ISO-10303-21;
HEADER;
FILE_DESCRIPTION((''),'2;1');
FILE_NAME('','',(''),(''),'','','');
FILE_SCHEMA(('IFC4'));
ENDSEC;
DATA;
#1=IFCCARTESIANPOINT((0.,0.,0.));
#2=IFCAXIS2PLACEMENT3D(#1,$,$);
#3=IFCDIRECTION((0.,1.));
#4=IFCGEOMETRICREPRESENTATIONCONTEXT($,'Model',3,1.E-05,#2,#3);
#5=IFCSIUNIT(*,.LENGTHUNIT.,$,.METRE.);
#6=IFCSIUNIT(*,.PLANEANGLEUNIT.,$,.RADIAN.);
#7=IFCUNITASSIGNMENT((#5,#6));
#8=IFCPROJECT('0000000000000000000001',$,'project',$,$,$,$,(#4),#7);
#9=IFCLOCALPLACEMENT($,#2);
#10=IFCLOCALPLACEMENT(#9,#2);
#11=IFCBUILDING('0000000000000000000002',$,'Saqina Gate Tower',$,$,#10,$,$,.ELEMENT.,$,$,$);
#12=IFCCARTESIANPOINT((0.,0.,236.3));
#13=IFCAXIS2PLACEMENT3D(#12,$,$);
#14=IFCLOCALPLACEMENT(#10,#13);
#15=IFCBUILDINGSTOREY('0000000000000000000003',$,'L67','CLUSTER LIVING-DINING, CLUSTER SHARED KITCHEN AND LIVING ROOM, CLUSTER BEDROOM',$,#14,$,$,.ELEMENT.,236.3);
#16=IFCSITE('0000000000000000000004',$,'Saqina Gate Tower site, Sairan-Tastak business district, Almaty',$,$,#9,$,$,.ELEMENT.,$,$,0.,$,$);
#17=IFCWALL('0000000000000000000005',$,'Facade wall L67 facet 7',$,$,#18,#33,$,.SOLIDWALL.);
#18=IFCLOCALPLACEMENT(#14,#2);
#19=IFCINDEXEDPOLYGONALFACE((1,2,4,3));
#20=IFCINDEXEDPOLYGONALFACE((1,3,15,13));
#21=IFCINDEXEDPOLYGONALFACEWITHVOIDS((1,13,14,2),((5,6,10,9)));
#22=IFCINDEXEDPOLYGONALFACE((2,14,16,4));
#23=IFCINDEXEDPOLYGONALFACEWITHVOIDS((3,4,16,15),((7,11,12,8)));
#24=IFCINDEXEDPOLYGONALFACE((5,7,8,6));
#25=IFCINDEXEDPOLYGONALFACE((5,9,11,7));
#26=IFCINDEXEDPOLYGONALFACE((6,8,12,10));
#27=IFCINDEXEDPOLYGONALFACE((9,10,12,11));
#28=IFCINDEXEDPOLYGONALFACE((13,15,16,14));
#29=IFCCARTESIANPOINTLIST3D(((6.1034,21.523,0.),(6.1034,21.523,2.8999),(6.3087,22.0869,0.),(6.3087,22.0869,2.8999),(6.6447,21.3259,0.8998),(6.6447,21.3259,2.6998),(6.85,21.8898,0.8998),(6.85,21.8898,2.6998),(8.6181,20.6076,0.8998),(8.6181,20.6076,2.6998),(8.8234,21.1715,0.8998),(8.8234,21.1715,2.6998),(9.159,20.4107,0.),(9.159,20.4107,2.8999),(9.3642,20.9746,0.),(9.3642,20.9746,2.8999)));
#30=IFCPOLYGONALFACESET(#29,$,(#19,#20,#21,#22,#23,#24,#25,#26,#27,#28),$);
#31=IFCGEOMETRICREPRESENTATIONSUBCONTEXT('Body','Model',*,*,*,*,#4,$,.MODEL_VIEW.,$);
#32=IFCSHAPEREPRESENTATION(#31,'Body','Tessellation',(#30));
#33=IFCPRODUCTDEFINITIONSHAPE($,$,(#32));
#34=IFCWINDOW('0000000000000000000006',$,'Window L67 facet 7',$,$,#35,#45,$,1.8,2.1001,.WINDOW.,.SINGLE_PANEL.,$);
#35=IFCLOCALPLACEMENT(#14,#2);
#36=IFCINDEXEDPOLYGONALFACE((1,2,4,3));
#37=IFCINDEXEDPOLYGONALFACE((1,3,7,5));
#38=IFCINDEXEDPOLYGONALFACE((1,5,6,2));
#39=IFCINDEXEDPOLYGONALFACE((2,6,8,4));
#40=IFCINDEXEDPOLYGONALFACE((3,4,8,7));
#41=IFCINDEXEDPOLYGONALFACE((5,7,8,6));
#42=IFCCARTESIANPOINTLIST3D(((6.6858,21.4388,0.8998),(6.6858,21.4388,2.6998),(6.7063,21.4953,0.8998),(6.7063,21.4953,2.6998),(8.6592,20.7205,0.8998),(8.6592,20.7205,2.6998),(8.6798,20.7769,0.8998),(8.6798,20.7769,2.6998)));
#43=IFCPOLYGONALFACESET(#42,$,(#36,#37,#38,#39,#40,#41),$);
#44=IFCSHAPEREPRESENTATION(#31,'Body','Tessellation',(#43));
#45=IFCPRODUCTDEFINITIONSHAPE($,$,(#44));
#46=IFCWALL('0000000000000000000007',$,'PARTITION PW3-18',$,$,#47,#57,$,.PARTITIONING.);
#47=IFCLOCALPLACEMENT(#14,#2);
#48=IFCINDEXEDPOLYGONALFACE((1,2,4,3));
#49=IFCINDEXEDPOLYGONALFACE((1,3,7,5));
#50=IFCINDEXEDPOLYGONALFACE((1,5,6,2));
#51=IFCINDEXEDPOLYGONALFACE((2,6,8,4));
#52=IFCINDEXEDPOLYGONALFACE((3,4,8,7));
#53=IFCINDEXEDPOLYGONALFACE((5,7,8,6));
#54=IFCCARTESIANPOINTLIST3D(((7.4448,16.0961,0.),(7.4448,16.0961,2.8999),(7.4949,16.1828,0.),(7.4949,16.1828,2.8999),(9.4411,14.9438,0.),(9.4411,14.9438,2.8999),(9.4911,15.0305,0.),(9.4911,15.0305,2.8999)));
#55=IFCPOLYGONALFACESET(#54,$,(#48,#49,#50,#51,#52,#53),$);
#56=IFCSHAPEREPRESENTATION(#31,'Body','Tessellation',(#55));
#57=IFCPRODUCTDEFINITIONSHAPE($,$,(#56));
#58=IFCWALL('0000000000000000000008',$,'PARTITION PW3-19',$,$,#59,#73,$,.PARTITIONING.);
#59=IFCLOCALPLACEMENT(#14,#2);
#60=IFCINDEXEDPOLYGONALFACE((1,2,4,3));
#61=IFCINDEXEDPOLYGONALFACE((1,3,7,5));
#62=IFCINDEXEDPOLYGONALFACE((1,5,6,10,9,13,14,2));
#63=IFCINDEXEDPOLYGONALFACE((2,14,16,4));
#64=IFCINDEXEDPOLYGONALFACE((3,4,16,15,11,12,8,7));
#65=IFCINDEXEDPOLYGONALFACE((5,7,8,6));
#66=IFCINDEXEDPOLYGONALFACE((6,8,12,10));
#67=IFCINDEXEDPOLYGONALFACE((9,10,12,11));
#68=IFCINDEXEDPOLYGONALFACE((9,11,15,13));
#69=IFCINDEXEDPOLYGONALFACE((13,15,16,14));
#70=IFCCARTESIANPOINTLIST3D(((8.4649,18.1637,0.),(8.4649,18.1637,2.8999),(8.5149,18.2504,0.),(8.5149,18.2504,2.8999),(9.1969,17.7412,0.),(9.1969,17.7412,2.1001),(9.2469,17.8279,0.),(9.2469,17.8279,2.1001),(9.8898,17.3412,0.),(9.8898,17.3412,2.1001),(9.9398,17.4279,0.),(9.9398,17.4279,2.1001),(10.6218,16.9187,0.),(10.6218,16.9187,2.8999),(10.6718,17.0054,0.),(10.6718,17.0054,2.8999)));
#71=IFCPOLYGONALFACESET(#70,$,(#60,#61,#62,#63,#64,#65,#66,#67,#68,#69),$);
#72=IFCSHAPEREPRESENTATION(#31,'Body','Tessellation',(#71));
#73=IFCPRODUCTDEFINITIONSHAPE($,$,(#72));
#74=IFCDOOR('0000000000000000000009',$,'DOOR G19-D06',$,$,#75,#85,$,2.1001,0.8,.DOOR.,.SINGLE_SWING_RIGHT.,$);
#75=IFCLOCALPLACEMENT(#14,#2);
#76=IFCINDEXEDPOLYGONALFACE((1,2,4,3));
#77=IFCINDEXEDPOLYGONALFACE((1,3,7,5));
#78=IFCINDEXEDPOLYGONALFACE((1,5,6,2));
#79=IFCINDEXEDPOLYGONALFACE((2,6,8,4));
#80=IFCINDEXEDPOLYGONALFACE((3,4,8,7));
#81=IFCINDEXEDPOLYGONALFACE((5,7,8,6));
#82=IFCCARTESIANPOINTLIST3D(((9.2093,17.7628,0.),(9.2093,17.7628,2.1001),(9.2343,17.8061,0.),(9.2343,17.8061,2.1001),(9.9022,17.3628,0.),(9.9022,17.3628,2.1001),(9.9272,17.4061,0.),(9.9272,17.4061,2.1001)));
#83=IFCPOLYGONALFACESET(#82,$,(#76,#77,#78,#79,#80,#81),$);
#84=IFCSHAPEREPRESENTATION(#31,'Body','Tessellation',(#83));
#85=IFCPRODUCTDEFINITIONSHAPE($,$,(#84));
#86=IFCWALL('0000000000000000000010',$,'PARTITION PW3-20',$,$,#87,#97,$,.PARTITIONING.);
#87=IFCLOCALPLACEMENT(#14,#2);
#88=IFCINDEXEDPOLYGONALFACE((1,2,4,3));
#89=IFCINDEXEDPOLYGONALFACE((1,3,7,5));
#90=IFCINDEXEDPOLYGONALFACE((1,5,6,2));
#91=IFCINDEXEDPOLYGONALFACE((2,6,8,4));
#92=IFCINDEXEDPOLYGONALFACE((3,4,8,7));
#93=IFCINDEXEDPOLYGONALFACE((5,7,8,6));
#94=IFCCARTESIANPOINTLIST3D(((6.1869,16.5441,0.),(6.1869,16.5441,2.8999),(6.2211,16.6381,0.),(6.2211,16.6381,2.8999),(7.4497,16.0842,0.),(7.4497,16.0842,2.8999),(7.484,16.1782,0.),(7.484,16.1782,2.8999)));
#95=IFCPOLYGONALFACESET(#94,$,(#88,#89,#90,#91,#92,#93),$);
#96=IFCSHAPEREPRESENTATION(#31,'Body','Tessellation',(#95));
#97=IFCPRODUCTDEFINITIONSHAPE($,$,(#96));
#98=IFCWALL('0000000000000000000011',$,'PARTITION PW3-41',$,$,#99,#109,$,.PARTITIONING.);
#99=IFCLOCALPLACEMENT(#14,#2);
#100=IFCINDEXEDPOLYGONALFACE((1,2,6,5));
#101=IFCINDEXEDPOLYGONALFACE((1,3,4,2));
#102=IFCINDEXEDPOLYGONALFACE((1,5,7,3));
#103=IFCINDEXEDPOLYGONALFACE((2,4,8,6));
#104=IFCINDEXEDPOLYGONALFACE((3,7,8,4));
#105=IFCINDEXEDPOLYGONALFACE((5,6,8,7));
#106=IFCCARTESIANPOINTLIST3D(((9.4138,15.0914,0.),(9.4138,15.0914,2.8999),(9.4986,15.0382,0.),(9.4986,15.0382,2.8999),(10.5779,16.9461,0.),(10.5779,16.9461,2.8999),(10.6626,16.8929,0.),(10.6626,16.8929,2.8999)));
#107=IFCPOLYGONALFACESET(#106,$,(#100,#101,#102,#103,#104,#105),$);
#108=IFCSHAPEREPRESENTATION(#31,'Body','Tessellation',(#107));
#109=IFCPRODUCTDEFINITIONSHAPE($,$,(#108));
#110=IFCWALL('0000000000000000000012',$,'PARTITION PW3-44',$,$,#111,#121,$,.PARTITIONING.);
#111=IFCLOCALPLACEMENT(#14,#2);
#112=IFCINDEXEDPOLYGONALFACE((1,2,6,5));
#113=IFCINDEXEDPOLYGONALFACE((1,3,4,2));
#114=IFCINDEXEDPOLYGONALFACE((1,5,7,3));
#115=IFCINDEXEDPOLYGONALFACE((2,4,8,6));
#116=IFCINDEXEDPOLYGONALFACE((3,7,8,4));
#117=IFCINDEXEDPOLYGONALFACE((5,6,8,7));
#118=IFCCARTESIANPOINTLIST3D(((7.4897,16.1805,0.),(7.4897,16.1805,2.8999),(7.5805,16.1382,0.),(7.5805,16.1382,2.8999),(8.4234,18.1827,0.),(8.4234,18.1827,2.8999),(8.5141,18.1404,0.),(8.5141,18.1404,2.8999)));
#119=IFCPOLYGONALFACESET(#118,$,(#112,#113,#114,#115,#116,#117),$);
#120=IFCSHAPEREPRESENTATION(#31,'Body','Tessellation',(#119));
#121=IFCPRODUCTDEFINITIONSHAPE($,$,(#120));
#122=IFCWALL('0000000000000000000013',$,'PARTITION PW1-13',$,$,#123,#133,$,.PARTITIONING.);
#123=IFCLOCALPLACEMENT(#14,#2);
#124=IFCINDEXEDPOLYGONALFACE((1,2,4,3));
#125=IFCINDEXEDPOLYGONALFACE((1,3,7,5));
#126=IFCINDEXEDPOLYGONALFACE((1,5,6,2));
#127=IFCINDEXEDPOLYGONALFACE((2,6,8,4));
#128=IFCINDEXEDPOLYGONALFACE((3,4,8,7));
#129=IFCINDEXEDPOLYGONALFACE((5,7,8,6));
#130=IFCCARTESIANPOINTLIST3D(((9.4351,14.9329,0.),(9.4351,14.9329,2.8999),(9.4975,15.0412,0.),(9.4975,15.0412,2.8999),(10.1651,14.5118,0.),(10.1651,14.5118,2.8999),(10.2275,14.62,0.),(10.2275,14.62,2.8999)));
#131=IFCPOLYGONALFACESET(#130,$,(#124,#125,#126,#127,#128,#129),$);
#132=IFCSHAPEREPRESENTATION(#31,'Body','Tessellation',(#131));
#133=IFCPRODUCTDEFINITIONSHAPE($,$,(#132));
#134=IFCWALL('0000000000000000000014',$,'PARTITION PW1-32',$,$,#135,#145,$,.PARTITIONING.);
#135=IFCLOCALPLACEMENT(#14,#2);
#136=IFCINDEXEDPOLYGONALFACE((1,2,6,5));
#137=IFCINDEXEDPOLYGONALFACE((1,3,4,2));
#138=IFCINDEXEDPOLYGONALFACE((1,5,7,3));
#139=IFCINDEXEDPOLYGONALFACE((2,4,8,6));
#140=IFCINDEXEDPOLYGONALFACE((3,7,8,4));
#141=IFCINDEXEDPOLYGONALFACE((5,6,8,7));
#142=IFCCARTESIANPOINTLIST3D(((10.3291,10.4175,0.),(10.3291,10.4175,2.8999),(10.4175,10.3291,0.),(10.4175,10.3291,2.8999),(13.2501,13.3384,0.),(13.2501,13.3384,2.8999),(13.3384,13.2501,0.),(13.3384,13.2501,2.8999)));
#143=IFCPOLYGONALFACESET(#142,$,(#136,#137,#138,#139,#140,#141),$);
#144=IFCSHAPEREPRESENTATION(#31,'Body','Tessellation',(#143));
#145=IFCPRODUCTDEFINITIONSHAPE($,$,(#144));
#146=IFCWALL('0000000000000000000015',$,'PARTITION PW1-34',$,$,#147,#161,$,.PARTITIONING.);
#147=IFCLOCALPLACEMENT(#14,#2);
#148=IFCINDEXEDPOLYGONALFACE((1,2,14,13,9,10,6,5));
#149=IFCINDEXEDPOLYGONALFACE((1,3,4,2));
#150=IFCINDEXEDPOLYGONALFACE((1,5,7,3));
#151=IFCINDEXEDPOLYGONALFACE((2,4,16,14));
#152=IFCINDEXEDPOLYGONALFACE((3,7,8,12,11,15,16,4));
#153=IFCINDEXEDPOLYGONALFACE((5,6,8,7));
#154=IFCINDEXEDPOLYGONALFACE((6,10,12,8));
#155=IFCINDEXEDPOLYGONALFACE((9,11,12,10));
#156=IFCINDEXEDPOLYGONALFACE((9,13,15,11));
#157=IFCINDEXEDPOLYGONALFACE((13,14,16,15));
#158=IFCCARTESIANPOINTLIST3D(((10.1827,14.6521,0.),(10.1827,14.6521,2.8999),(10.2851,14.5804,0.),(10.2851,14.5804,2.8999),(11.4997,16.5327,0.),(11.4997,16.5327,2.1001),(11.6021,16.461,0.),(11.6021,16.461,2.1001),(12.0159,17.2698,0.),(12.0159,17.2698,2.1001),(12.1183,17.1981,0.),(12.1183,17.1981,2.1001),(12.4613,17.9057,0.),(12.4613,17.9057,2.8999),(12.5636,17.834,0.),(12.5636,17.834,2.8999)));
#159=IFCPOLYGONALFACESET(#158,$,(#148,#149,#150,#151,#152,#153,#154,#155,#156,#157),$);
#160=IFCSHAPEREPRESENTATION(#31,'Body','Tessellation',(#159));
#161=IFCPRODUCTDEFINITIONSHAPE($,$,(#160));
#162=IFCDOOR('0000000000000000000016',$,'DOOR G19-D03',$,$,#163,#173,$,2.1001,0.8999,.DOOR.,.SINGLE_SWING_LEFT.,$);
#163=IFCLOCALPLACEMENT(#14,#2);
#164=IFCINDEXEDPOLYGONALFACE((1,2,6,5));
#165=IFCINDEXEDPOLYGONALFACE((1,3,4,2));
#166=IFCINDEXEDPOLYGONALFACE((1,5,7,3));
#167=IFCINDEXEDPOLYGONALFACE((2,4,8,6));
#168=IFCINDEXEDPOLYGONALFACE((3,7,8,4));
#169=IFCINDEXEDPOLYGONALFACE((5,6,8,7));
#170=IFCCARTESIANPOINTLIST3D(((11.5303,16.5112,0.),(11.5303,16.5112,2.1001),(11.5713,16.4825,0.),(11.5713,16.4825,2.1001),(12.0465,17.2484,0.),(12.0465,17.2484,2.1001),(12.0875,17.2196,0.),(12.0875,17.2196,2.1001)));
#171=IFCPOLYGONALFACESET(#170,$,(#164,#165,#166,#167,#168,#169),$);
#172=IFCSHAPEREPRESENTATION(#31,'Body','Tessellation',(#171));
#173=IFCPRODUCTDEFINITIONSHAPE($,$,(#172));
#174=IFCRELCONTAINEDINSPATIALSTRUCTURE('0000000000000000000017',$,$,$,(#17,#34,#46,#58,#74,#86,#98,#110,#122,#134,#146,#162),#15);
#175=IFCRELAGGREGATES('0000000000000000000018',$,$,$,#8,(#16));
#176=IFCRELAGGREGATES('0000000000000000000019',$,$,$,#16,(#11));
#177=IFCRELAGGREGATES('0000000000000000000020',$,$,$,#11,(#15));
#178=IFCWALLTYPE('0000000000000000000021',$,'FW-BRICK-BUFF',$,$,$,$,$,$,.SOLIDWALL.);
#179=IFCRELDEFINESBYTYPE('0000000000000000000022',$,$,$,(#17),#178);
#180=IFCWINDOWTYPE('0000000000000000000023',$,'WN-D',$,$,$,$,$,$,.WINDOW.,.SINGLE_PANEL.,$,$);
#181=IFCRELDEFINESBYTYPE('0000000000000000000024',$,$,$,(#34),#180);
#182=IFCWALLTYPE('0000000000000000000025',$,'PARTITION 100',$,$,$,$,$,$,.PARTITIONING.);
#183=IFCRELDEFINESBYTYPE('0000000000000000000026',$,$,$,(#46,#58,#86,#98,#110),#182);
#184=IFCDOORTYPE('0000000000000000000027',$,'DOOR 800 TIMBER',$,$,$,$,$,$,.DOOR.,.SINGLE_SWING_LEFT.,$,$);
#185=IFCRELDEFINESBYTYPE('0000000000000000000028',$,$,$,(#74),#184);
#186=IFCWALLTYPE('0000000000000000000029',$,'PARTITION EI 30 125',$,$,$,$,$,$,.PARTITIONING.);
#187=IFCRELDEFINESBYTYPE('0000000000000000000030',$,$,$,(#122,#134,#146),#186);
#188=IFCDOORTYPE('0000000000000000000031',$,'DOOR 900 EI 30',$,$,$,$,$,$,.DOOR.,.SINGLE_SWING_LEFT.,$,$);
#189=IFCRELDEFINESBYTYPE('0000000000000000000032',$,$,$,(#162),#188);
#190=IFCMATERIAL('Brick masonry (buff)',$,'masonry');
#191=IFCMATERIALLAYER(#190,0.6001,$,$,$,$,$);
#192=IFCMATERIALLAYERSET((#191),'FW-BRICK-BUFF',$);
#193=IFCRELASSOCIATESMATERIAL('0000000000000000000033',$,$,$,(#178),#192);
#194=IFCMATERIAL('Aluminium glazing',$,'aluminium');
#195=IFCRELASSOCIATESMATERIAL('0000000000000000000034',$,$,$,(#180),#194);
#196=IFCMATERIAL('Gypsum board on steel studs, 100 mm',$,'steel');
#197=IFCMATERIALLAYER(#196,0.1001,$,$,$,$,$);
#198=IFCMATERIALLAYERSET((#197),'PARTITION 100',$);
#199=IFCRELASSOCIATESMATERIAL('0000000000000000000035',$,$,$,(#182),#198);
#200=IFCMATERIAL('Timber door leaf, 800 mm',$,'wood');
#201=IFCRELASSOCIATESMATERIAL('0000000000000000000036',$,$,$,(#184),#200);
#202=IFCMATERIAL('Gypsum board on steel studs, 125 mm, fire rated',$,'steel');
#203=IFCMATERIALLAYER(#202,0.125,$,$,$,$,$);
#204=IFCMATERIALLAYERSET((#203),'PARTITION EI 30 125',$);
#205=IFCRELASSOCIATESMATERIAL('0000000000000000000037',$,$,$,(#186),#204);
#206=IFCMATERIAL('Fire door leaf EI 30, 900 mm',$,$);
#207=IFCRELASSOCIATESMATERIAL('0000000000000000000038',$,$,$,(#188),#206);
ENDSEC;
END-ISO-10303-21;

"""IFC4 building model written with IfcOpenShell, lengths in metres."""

from ifc_helpers import new_model, si_unit, direction, frame, frame_2d, origin, place, context, subcontext, project, spatial, rectangle, extrude, material, layer, layer_set, type_object, element, fill, save


model = new_model("IFC4")

# Units and contexts
model_context = context("Model", 3, precision=1e-05, world=origin(), true_north=direction((0.0, 1.0)))
body_context = subcontext(model_context, "Body", "Model", "MODEL_VIEW")
ifc_project = project(units=[si_unit("LENGTHUNIT", "METRE"), si_unit("PLANEANGLEUNIT", "RADIAN")], contexts=[model_context])

# Site, building, storey
site_placement = place(None, origin())
site = spatial("IfcSite", under=ifc_project, at=site_placement, Name="Saqina Gate Tower site, Sairan-Tastak business district, Almaty", CompositionType="ELEMENT", RefElevation=0.0)
building_placement = place(site_placement, origin())
building = spatial("IfcBuilding", under=site, at=building_placement, Name="Saqina Gate Tower", CompositionType="ELEMENT")
storey_placement = place(building_placement, frame((0.0, 0.0, 236.3)))
storey = spatial("IfcBuildingStorey", under=building, at=storey_placement, Name="L67", Description="CLUSTER LIVING-DINING, CLUSTER SHARED KITCHEN AND LIVING ROOM, CLUSTER BEDROOM", CompositionType="ELEMENT", Elevation=236.3)

# Wall, opening, window
ifc_material_1 = material(Name="Brick masonry (buff)", Category="masonry")
ifc_layer_1 = layer(ifc_material_1, 0.6001)
ifc_layer_set_1 = layer_set([ifc_layer_1], Name="FW-BRICK-BUFF")
wall_type_1 = type_object("IfcWallType", Name="FW-BRICK-BUFF", PredefinedType="SOLIDWALL", material=ifc_layer_set_1)
ifc_material_2 = material(Name="Aluminium glazing", Category="aluminium")
window_type = type_object("IfcWindowType", Name="WN-D", PartitioningType="SINGLE_PANEL", PredefinedType="WINDOW", material=ifc_material_2)
wall_1_placement = place(storey_placement, frame((9.2617, 20.6926, 0.0), z_axis=(0.0, 0.0, 1.0), x_axis=(-0.939679, 0.342057, 0.0)))
wall_1 = element("IfcWall", 1, at=wall_1_placement, inside=storey, type_object=wall_type_1, Name="Facade wall L67 facet 7", PredefinedType="SOLIDWALL", context=body_context, shape_type="SweptSolid", body=[
    extrude(rectangle(XDim=3.2517, YDim=0.6001, at=frame_2d((1.626, 0.0))), origin(), (0.0, 0.0, 1.0), 2.8999),
])
opening_1_placement = place(wall_1_placement, frame((0.5757, 0.0, 0.8999)))
opening_1 = element("IfcOpeningElement", 2, at=opening_1_placement, cuts=wall_1, PredefinedType="OPENING", context=body_context, shape_type="SweptSolid", body=[
    extrude(rectangle(XDim=2.1001, YDim=1.8, at=frame_2d((1.05, 0.8999))), frame((0.0, 0.312, 0.0), z_axis=(0.0, -1.0, 0.0), x_axis=(1.0, 0.0, 0.0)), (0.0, 0.0, 1.0), 0.624),
])
window_1_placement = place(opening_1_placement, origin())
window_1 = element("IfcWindow", 3, at=window_1_placement, inside=storey, type_object=window_type, Name="Window L67 facet 7", OverallHeight=1.8, OverallWidth=2.1001, PartitioningType="SINGLE_PANEL", PredefinedType="WINDOW", context=body_context, shape_type="SweptSolid", body=[
    extrude(rectangle(XDim=2.1001, YDim=1.8, at=frame_2d((1.05, 0.8999))), frame((0.0, 0.1799, 0.0), z_axis=(0.0, -1.0, 0.0), x_axis=(1.0, 0.0, 0.0)), (0.0, 0.0, 1.0), 0.0601),
])
fill(opening_1, window_1)

# Wall
ifc_material_3 = material(Name="Gypsum board on steel studs, 100 mm", Category="steel")
ifc_layer_2 = layer(ifc_material_3, 0.1001)
ifc_layer_set_2 = layer_set([ifc_layer_2], Name="PARTITION 100")
wall_type_2 = type_object("IfcWallType", Name="PARTITION 100", PredefinedType="PARTITIONING", material=ifc_layer_set_2)
wall_2_placement = place(storey_placement, frame((7.47, 16.1394, 0.0), z_axis=(0.0, 0.0, 1.0), x_axis=(0.866071, -0.499921, 0.0)))
element("IfcWall", 4, at=wall_2_placement, inside=storey, type_object=wall_type_2, Name="PARTITION PW3-18", PredefinedType="PARTITIONING", context=body_context, shape_type="SweptSolid", body=[
    extrude(rectangle(XDim=2.3049, YDim=0.1001, at=frame_2d((1.1523, 0.0))), origin(), (0.0, 0.0, 1.0), 2.8999),
])

# Wall, opening, door
wall_3_placement = place(storey_placement, frame((8.49, 18.207, 0.0), z_axis=(0.0, 0.0, 1.0), x_axis=(0.866063, -0.499935, 0.0)))
wall_3 = element("IfcWall", 5, at=wall_3_placement, inside=storey, type_object=wall_type_2, Name="PARTITION PW3-19", PredefinedType="PARTITIONING", context=body_context, shape_type="SweptSolid", body=[
    extrude(rectangle(XDim=2.4905, YDim=0.1001, at=frame_2d((1.2451, 0.0))), origin(), (0.0, 0.0, 1.0), 2.8999),
])
opening_2_placement = place(wall_3_placement, frame((0.8452, 0.0, 0.0)))
opening_2 = element("IfcOpeningElement", 6, at=opening_2_placement, cuts=wall_3, PredefinedType="OPENING", context=body_context, shape_type="SweptSolid", body=[
    extrude(rectangle(XDim=0.8, YDim=2.1001, at=frame_2d((0.3999, 1.05))), frame((0.0, 0.062, 0.0), z_axis=(0.0, -1.0, 0.0), x_axis=(1.0, 0.0, 0.0)), (0.0, 0.0, 1.0), 0.124),
])
ifc_material_4 = material(Name="Timber door leaf, 800 mm", Category="wood")
door_type_1 = type_object("IfcDoorType", Name="DOOR 800 TIMBER", OperationType="SINGLE_SWING_LEFT", PredefinedType="DOOR", material=ifc_material_4)
door_1_placement = place(opening_2_placement, origin())
door_1 = element("IfcDoor", 7, at=door_1_placement, inside=storey, type_object=door_type_1, Name="DOOR G19-D06", OperationType="SINGLE_SWING_RIGHT", OverallHeight=2.1001, OverallWidth=0.8, PredefinedType="DOOR", context=body_context, shape_type="SweptSolid", body=[
    extrude(rectangle(XDim=0.8, YDim=2.1001, at=frame_2d((0.3999, 1.05))), frame((0.0, 0.0249, 0.0), z_axis=(0.0, -1.0, 0.0), x_axis=(1.0, 0.0, 0.0)), (0.0, 0.0, 1.0), 0.05),
])
fill(opening_2, door_1)

# Walls
wall_4_placement = place(storey_placement, frame((6.2041, 16.5911, 0.0), z_axis=(0.0, 0.0, 1.0), x_axis=(0.939624, -0.34221, 0.0)))
element("IfcWall", 8, at=wall_4_placement, inside=storey, type_object=wall_type_2, Name="PARTITION PW3-20", PredefinedType="PARTITIONING", context=body_context, shape_type="SweptSolid", body=[
    extrude(rectangle(XDim=1.344, YDim=0.1001, at=frame_2d((0.6719, 0.0))), origin(), (0.0, 0.0, 1.0), 2.8999),
])
wall_5_placement = place(storey_placement, frame((9.4563, 15.0649, 0.0), z_axis=(0.0, 0.0, 1.0), x_axis=(0.531591, 0.847001, 0.0)))
element("IfcWall", 9, at=wall_5_placement, inside=storey, type_object=wall_type_2, Name="PARTITION PW3-41", PredefinedType="PARTITIONING", context=body_context, shape_type="SweptSolid", body=[
    extrude(rectangle(XDim=2.1897, YDim=0.1001, at=frame_2d((1.0947, 0.0))), origin(), (0.0, 0.0, 1.0), 2.8999),
])
wall_6_placement = place(storey_placement, frame((7.5352, 16.1594, 0.0), z_axis=(0.0, 0.0, 1.0), x_axis=(0.422601, 0.906316, 0.0)))
element("IfcWall", 10, at=wall_6_placement, inside=storey, type_object=wall_type_2, Name="PARTITION PW3-44", PredefinedType="PARTITIONING", context=body_context, shape_type="SweptSolid", body=[
    extrude(rectangle(XDim=2.2092, YDim=0.1001, at=frame_2d((1.1045, 0.0))), origin(), (0.0, 0.0, 1.0), 2.8999),
])
ifc_material_5 = material(Name="Gypsum board on steel studs, 125 mm, fire rated", Category="steel")
ifc_layer_3 = layer(ifc_material_5, 0.125)
ifc_layer_set_3 = layer_set([ifc_layer_3], Name="PARTITION EI 30 125")
wall_type_3 = type_object("IfcWallType", Name="PARTITION EI 30 125", PredefinedType="PARTITIONING", material=ifc_layer_set_3)
wall_7_placement = place(storey_placement, frame((9.4663, 14.9871, 0.0), z_axis=(0.0, 0.0, 1.0), x_axis=(0.866186, -0.499722, 0.0)))
element("IfcWall", 11, at=wall_7_placement, inside=storey, type_object=wall_type_3, Name="PARTITION PW1-13", PredefinedType="PARTITIONING", context=body_context, shape_type="SweptSolid", body=[
    extrude(rectangle(XDim=0.8428, YDim=0.125, at=frame_2d((0.4214, 0.0))), origin(), (0.0, 0.0, 1.0), 2.8999),
])
wall_8_placement = place(storey_placement, frame((10.3733, 10.3733, 0.0), z_axis=(0.0, 0.0, 1.0), x_axis=(0.707107, 0.707107, 0.0)))
element("IfcWall", 12, at=wall_8_placement, inside=storey, type_object=wall_type_3, Name="PARTITION PW1-32", PredefinedType="PARTITIONING", context=body_context, shape_type="SweptSolid", body=[
    extrude(rectangle(XDim=4.1309, YDim=0.125, at=frame_2d((2.0654, 0.0))), origin(), (0.0, 0.0, 1.0), 2.8999),
])

# Wall, opening, door
wall_9_placement = place(storey_placement, frame((10.2339, 14.6162, 0.0), z_axis=(0.0, 0.0, 1.0), x_axis=(0.573631, 0.819114, 0.0)))
wall_9 = element("IfcWall", 13, at=wall_9_placement, inside=storey, type_object=wall_type_3, Name="PARTITION PW1-34", PredefinedType="PARTITIONING", context=body_context, shape_type="SweptSolid", body=[
    extrude(rectangle(XDim=3.9722, YDim=0.125, at=frame_2d((1.9861, 0.0))), origin(), (0.0, 0.0, 1.0), 2.8999),
])
opening_3_placement = place(wall_9_placement, frame((2.2959, 0.0, 0.0)))
opening_3 = element("IfcOpeningElement", 14, at=opening_3_placement, cuts=wall_9, PredefinedType="OPENING", context=body_context, shape_type="SweptSolid", body=[
    extrude(rectangle(XDim=0.8999, YDim=2.1001, at=frame_2d((0.45, 1.05))), frame((0.0, 0.0745, 0.0), z_axis=(0.0, -1.0, 0.0), x_axis=(1.0, 0.0, 0.0)), (0.0, 0.0, 1.0), 0.1489),
])
ifc_material_6 = material(Name="Fire door leaf EI 30, 900 mm")
door_type_2 = type_object("IfcDoorType", Name="DOOR 900 EI 30", OperationType="SINGLE_SWING_LEFT", PredefinedType="DOOR", material=ifc_material_6)
door_2_placement = place(opening_3_placement, frame((0.8999, 0.0, 0.0), z_axis=(0.0, 0.0, 1.0), x_axis=(-1.0, 0.0, 0.0)))
door_2 = element("IfcDoor", 15, at=door_2_placement, inside=storey, type_object=door_type_2, Name="DOOR G19-D03", OperationType="SINGLE_SWING_LEFT", OverallHeight=2.1001, OverallWidth=0.8999, PredefinedType="DOOR", context=body_context, shape_type="SweptSolid", body=[
    extrude(rectangle(XDim=0.8999, YDim=2.1001, at=frame_2d((0.45, 1.05))), frame((0.0, 0.0249, 0.0), z_axis=(0.0, -1.0, 0.0), x_axis=(1.0, 0.0, 0.0)), (0.0, 0.0, 1.0), 0.05),
])
fill(opening_3, door_2)

save(model, "model.ifc")
